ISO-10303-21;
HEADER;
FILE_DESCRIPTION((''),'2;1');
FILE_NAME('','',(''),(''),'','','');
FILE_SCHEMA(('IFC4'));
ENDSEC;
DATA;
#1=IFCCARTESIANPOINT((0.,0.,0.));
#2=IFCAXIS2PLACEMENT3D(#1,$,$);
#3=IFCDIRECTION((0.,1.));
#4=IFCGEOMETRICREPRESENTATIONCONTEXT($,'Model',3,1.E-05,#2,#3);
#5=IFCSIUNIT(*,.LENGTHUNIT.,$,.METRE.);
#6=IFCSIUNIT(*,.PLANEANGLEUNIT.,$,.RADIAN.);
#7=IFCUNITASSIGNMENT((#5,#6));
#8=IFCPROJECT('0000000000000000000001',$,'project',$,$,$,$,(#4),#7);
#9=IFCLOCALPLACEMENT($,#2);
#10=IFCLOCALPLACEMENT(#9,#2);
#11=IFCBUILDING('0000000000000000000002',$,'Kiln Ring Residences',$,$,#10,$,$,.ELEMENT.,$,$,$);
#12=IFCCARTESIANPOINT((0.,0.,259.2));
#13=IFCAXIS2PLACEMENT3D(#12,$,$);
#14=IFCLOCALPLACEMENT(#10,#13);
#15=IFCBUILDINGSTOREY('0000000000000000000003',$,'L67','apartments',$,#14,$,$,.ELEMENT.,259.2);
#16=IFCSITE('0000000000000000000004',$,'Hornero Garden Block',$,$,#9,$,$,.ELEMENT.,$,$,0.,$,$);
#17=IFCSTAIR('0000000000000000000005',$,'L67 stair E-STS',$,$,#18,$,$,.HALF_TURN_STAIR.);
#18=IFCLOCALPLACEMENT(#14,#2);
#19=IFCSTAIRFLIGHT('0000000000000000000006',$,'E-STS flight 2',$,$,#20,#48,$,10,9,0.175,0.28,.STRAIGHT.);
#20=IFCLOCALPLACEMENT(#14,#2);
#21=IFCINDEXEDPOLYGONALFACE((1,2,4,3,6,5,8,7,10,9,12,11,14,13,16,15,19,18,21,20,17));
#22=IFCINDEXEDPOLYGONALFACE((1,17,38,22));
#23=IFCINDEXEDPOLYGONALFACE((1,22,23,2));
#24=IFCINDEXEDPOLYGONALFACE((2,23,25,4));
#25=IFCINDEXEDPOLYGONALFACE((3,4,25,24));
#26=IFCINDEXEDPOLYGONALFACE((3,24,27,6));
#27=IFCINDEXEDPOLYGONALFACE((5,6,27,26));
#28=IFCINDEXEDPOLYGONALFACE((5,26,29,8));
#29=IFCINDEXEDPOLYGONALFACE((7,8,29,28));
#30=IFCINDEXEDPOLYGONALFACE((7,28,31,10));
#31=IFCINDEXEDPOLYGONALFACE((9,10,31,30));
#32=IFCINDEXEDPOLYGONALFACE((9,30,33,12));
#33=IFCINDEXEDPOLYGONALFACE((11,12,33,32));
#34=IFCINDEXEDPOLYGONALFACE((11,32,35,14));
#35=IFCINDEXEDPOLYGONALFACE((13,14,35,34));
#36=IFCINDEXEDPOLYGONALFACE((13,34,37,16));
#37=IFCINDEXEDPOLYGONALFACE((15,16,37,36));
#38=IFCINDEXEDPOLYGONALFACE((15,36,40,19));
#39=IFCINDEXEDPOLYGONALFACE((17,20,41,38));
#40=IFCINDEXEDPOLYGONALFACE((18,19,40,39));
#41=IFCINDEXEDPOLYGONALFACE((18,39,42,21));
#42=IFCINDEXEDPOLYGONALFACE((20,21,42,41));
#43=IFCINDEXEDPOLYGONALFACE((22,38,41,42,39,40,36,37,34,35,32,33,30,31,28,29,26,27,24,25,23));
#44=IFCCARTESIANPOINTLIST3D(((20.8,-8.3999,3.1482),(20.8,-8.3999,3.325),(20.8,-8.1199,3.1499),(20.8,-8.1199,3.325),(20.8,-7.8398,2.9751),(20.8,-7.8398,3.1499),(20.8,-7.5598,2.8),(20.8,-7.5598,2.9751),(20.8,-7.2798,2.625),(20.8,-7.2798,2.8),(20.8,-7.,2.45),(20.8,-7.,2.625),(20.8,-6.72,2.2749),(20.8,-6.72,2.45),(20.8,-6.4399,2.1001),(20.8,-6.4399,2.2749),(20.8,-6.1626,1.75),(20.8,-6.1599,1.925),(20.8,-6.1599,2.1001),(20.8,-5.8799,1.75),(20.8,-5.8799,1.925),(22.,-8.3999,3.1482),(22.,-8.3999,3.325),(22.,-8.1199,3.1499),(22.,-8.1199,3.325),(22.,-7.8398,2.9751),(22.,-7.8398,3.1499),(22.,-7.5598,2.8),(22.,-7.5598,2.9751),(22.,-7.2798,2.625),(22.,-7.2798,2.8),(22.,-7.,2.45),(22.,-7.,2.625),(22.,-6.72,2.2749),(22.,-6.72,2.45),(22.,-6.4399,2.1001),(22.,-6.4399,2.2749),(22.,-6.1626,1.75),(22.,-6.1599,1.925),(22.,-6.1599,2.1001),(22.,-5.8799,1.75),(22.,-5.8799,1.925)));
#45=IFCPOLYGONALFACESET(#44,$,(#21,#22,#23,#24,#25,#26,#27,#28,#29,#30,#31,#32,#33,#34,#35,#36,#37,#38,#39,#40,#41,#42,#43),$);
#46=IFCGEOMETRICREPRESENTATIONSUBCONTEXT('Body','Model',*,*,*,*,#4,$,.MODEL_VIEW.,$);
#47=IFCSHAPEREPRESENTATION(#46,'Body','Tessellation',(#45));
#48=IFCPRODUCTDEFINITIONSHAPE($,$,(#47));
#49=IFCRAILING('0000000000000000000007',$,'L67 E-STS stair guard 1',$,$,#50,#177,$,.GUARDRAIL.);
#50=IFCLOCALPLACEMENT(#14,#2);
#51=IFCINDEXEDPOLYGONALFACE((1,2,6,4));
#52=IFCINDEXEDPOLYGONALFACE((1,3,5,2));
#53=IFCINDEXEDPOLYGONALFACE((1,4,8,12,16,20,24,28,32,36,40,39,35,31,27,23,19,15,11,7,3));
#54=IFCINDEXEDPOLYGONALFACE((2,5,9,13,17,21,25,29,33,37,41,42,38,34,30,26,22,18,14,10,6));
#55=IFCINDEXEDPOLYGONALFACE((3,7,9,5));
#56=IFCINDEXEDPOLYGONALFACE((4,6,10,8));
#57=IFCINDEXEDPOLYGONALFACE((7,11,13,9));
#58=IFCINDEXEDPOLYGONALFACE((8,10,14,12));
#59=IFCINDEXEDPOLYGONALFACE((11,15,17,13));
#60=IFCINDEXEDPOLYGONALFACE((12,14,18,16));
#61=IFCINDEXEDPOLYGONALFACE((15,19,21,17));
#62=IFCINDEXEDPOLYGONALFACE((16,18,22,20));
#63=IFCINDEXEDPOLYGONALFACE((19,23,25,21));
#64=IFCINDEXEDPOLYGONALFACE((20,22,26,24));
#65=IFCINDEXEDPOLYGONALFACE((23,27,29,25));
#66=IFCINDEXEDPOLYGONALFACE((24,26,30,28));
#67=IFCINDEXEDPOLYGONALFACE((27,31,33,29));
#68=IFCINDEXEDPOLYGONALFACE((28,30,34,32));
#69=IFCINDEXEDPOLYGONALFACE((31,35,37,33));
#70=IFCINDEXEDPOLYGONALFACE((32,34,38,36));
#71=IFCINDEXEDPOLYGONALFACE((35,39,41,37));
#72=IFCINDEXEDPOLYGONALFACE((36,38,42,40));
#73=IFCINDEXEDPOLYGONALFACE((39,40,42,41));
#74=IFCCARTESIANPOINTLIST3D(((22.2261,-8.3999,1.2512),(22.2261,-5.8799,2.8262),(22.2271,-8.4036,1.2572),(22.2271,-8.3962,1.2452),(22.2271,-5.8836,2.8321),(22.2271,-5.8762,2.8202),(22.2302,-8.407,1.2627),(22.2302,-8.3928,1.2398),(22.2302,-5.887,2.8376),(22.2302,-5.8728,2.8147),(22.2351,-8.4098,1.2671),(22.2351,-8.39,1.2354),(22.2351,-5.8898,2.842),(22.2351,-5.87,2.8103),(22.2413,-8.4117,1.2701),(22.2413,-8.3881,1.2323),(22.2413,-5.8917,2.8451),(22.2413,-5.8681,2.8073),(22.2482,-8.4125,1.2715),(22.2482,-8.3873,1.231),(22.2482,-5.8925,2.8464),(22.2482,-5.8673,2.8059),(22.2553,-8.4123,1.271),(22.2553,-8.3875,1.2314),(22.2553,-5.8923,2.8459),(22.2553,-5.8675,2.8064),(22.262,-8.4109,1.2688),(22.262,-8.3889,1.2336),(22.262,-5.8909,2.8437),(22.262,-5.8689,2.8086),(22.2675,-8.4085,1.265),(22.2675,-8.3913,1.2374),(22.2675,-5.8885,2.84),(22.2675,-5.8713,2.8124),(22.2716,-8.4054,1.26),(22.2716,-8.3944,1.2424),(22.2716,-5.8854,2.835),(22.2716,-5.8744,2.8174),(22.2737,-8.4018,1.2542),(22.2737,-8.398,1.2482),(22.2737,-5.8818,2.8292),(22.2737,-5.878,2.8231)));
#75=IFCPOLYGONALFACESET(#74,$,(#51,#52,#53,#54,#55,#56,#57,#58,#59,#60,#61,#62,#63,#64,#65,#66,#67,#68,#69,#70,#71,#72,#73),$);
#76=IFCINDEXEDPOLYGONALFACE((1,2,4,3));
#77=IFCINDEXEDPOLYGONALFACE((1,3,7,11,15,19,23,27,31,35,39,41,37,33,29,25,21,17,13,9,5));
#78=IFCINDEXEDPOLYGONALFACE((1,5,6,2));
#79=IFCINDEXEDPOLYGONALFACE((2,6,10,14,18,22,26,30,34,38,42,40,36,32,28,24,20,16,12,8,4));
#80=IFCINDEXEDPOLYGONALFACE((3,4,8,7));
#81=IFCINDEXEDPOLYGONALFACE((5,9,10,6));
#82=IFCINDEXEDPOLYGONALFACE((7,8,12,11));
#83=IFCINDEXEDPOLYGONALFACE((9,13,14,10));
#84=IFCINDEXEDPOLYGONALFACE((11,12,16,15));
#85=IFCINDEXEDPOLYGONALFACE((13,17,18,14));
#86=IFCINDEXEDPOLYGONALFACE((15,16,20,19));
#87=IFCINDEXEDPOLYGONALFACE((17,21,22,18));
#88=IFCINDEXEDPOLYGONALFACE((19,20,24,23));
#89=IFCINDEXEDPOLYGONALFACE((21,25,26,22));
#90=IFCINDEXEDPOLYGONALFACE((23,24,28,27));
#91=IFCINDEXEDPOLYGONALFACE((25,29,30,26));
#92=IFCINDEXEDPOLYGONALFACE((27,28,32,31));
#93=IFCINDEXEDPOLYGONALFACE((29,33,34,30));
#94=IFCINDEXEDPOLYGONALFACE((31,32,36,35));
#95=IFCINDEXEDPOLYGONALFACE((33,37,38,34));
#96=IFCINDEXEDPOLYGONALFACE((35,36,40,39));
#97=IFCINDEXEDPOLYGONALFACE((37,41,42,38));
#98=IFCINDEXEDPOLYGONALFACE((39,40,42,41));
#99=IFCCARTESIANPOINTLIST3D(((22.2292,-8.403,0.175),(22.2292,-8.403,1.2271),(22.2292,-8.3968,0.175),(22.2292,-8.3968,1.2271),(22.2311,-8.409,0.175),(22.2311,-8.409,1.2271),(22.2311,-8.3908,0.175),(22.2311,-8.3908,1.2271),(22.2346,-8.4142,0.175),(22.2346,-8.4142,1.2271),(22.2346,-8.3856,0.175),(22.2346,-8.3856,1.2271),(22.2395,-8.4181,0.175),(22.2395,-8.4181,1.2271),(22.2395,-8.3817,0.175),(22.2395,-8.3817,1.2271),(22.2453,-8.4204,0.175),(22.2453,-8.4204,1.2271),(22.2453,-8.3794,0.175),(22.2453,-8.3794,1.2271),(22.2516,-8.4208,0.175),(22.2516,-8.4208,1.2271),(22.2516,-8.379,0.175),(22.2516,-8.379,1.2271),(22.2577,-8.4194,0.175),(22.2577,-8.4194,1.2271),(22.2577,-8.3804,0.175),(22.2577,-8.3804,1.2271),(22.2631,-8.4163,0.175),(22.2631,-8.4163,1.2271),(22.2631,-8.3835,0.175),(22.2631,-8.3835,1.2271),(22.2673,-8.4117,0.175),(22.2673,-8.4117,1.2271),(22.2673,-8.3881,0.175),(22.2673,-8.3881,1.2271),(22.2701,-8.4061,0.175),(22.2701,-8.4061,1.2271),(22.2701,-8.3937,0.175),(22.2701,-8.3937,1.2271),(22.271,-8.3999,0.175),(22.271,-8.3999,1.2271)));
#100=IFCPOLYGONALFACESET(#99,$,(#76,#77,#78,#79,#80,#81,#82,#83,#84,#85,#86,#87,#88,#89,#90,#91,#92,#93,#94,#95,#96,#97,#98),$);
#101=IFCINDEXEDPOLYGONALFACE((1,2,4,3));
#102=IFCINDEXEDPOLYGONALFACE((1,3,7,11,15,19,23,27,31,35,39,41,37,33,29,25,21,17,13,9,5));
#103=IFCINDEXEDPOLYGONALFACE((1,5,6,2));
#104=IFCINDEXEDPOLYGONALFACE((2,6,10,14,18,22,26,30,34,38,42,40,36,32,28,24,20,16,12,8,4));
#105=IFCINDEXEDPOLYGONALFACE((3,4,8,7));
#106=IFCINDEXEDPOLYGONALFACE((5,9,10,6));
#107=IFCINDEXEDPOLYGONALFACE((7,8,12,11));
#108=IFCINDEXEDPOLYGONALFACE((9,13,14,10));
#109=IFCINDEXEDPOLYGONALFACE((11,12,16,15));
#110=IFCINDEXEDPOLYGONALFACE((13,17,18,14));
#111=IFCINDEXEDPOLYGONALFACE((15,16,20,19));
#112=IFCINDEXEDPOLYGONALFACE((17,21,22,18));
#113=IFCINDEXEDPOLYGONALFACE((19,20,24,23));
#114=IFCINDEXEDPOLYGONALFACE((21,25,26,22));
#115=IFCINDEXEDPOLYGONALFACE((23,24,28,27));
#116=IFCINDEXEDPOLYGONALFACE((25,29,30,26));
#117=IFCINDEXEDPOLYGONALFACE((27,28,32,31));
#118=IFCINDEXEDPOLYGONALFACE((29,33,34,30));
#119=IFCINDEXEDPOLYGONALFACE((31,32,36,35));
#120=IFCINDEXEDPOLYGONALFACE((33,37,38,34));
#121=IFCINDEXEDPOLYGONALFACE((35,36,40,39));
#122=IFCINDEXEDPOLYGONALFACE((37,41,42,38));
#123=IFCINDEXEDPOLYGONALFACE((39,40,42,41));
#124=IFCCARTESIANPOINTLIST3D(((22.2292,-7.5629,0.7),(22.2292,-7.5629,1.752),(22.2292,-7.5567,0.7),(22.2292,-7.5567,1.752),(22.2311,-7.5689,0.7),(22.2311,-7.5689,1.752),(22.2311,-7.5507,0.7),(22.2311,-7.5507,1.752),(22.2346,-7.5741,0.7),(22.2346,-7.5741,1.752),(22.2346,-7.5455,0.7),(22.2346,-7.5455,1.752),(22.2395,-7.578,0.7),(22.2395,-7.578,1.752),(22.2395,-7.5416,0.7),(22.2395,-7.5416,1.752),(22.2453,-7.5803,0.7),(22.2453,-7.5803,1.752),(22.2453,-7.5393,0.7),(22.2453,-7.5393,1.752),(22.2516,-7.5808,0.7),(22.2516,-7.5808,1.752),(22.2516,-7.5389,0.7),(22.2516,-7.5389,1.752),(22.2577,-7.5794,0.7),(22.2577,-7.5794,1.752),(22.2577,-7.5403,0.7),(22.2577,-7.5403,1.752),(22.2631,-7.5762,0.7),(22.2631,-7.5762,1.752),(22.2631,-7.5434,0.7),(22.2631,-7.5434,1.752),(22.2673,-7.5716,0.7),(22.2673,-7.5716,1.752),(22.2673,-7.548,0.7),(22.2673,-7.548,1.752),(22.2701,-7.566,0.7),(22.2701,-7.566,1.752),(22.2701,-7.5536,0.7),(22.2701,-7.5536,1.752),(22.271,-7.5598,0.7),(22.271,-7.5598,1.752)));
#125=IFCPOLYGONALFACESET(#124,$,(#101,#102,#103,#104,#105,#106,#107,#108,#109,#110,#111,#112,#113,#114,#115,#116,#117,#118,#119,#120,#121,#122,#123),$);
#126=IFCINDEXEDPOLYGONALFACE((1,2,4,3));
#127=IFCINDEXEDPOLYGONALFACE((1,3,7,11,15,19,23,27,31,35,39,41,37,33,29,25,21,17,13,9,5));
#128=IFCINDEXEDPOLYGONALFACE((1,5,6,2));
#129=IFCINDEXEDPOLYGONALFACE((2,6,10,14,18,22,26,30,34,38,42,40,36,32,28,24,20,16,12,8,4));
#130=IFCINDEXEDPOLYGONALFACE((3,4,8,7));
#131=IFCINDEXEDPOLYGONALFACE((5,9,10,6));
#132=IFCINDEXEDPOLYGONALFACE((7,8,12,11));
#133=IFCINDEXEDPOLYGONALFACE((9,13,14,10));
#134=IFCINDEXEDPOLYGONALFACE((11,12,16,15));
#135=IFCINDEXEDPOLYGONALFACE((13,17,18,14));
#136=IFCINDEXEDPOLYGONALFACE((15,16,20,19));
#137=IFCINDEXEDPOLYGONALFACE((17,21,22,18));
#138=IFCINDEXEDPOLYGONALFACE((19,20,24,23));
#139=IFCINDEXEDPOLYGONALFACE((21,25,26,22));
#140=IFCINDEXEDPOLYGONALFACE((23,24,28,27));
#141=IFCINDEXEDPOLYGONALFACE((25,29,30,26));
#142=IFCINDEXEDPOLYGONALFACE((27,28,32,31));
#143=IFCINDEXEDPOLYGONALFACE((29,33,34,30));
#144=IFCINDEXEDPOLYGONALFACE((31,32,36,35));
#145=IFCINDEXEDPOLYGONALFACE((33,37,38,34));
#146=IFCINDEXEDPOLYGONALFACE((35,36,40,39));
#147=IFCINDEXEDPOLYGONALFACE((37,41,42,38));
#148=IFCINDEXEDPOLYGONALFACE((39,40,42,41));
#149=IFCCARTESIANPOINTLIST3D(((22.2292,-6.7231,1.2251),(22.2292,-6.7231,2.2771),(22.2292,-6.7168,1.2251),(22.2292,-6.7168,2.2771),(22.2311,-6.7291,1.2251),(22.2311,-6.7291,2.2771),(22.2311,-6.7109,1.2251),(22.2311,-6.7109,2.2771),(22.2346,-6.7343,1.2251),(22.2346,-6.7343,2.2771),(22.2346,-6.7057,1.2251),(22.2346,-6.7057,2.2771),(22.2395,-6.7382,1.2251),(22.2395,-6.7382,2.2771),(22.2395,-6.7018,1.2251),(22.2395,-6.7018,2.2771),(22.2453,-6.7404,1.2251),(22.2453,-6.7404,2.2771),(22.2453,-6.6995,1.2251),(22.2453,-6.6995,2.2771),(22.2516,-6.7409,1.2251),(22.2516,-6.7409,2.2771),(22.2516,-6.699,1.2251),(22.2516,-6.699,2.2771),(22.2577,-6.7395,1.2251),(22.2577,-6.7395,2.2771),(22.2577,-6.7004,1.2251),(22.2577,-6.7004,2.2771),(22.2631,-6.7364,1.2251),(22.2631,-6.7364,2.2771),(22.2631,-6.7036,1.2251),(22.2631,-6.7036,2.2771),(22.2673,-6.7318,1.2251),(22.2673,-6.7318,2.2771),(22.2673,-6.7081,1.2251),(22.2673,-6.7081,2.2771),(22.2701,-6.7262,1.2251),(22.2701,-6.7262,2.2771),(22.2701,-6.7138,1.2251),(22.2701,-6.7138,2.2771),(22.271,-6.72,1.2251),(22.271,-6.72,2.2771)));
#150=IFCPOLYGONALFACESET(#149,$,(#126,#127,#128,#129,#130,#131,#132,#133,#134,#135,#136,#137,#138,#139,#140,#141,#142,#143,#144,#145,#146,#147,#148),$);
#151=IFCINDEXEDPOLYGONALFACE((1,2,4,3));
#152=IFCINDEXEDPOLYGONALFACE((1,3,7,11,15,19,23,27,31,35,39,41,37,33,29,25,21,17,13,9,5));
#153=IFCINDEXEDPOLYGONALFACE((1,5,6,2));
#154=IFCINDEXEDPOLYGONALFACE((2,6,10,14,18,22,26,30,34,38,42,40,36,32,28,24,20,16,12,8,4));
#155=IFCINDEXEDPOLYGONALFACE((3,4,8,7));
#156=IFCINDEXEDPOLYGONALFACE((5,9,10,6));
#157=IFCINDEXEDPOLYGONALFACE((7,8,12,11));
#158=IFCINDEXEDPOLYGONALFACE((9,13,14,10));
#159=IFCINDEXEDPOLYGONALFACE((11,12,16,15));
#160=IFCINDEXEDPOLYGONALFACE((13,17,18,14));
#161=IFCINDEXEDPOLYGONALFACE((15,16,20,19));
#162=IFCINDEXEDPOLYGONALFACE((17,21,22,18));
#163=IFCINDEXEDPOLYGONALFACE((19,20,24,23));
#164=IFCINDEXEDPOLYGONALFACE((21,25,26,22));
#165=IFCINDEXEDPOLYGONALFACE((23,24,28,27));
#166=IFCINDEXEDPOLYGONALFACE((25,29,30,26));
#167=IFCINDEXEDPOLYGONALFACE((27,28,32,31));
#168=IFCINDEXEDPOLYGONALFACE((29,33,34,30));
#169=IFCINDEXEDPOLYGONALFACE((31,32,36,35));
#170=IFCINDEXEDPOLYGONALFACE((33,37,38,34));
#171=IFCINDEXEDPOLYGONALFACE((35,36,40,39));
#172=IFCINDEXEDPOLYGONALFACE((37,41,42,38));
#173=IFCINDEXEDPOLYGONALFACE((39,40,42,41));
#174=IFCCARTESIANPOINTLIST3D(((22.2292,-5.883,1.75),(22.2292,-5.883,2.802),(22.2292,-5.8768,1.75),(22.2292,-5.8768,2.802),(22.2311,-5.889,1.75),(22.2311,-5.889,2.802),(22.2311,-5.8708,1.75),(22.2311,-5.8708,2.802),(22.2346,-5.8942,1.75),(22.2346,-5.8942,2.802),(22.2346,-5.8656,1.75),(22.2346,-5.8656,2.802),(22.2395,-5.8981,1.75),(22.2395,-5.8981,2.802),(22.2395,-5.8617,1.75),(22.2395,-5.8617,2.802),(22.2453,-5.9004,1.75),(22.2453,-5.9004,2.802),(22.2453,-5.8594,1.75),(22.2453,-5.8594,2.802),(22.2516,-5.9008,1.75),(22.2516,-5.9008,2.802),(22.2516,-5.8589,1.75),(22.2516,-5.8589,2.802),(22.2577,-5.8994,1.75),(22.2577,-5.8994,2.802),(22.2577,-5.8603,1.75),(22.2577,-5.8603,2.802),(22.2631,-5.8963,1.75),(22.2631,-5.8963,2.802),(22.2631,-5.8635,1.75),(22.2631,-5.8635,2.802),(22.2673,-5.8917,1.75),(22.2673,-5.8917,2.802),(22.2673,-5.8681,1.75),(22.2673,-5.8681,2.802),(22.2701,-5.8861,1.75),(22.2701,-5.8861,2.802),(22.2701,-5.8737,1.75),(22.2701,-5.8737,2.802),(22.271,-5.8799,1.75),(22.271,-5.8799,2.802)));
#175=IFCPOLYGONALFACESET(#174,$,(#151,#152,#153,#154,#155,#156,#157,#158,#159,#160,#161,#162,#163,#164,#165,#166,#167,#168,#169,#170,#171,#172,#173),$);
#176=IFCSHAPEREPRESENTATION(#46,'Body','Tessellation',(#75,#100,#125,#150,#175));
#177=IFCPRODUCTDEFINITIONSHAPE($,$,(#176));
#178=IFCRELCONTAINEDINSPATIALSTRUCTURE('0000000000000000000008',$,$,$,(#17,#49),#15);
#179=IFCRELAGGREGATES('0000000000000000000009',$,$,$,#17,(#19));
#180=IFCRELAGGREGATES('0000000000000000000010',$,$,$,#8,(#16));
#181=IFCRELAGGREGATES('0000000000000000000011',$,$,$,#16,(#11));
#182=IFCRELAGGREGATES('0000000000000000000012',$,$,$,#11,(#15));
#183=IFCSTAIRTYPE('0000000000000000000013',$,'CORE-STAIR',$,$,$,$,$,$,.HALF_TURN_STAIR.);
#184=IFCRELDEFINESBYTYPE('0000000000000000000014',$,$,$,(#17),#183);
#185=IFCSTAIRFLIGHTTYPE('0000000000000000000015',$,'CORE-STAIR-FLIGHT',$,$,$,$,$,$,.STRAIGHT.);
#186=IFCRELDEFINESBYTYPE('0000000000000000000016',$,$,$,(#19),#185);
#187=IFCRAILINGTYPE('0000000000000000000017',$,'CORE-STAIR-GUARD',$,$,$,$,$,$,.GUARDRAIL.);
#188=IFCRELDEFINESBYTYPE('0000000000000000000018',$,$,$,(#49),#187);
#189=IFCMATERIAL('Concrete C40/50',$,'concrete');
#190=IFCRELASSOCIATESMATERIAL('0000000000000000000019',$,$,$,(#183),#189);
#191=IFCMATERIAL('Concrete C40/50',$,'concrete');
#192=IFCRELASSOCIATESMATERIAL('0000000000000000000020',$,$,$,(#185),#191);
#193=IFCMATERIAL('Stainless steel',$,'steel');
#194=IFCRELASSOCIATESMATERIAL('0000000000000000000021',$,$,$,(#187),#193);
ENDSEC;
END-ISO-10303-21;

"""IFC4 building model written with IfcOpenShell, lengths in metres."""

from ifc_helpers import new_model, si_unit, direction, frame, origin, origin_2d, place, context, subcontext, project, spatial, polyline, circle, outline, extrude, material, type_object, element, aggregate, save


model = new_model("IFC4")

# Units and contexts
model_context = context("Model", 3, precision=1e-05, world=origin(), true_north=direction((0.0, 1.0)))
body_context = subcontext(model_context, "Body", "Model", "MODEL_VIEW")
ifc_project = project(units=[si_unit("LENGTHUNIT", "METRE"), si_unit("PLANEANGLEUNIT", "RADIAN")], contexts=[model_context])

# Site, building, storey
site_placement = place(None, origin())
site = spatial("IfcSite", under=ifc_project, at=site_placement, Name="Hornero Garden Block", CompositionType="ELEMENT", RefElevation=0.0)
building_placement = place(site_placement, origin())
building = spatial("IfcBuilding", under=site, at=building_placement, Name="Kiln Ring Residences", CompositionType="ELEMENT")
storey_placement = place(building_placement, frame((0.0, 0.0, 259.2)))
storey = spatial("IfcBuildingStorey", under=building, at=storey_placement, Name="L67", Description="apartments", CompositionType="ELEMENT", Elevation=259.2)

# Stair, stair flight
ifc_material_1 = material(Name="Concrete C40/50", Category="concrete")
stair_type = type_object("IfcStairType", Name="CORE-STAIR", PredefinedType="HALF_TURN_STAIR", material=ifc_material_1)
stair_placement = place(storey_placement, origin())
stair = element("IfcStair", 1, at=stair_placement, inside=storey, type_object=stair_type, Name="L67 stair E-STS", PredefinedType="HALF_TURN_STAIR")
ifc_material_2 = material(Name="Concrete C40/50", Category="concrete")
stair_flight_type = type_object("IfcStairFlightType", Name="CORE-STAIR-FLIGHT", PredefinedType="STRAIGHT", material=ifc_material_2)
stair_flight_1_placement = place(storey_placement, frame((21.3999, -5.8799, 1.75), z_axis=(0.0, 0.0, 1.0), x_axis=(0.0, -1.0, 0.0)))
stair_flight_1 = element("IfcStairFlight", 2, at=stair_flight_1_placement, type_object=stair_flight_type, Name="E-STS flight 2", NumberOfRisers=10, NumberOfTreads=9, PredefinedType="STRAIGHT", RiserHeight=0.175, TreadLength=0.28, context=body_context, shape_type="SweptSolid", body=[
    extrude(outline(polyline([(0.0, 0.0), (0.0, 0.175), (0.28, 0.175), (0.28, 0.3501), (0.5601, 0.3501), (0.5601, 0.5249), (0.8401, 0.5249), (0.8401, 0.7), (1.1201, 0.7), (1.1201, 0.875), (1.3999, 0.875), (1.3999, 1.05), (1.6799, 1.05), (1.6799, 1.2251), (1.96, 1.2251), (1.96, 1.3999), (2.24, 1.3999), (2.24, 1.575), (2.52, 1.575), (2.52, 1.75), (2.52, 1.3982), (0.2827, 0.0), (0.0, 0.0)])), frame((0.0, 0.6001, 0.0), z_axis=(0.0, -1.0, 0.0), x_axis=(1.0, 0.0, 0.0)), (0.0, 0.0, 1.0), 1.2),
])
aggregate(stair, [stair_flight_1])

# Railing
ifc_material_3 = material(Name="Stainless steel", Category="steel")
railing_type_1 = type_object("IfcRailingType", Name="CORE-STAIR-GUARD", PredefinedType="GUARDRAIL", material=ifc_material_3)
railing_1_placement = place(storey_placement, frame((22.25, -8.3999, 0.175)))
element("IfcRailing", 3, at=railing_1_placement, inside=storey, type_object=railing_type_1, Name="L67 E-STS stair guard 1", PredefinedType="GUARDRAIL", context=body_context, shape_type="SweptSolid", body=[
    extrude(circle(Radius=0.0239, at=origin_2d()), frame((0.0, 0.0, 1.0762), z_axis=(0.0, 0.848008, 0.529984), x_axis=(-1.0, 0.0, 0.0)), (0.0, 0.0, 1.0), 2.9717),
    extrude(circle(Radius=0.021, at=origin_2d()), origin(), (0.0, 0.0, 1.0), 1.052),
    extrude(circle(Radius=0.021, at=origin_2d()), frame((0.0, 0.8401, 0.5249)), (0.0, 0.0, 1.0), 1.052),
    extrude(circle(Radius=0.021, at=origin_2d()), frame((0.0, 1.6799, 1.05)), (0.0, 0.0, 1.0), 1.052),
    extrude(circle(Radius=0.021, at=origin_2d()), frame((0.0, 2.52, 1.575)), (0.0, 0.0, 1.0), 1.052),
])

save(model, "model.ifc")
